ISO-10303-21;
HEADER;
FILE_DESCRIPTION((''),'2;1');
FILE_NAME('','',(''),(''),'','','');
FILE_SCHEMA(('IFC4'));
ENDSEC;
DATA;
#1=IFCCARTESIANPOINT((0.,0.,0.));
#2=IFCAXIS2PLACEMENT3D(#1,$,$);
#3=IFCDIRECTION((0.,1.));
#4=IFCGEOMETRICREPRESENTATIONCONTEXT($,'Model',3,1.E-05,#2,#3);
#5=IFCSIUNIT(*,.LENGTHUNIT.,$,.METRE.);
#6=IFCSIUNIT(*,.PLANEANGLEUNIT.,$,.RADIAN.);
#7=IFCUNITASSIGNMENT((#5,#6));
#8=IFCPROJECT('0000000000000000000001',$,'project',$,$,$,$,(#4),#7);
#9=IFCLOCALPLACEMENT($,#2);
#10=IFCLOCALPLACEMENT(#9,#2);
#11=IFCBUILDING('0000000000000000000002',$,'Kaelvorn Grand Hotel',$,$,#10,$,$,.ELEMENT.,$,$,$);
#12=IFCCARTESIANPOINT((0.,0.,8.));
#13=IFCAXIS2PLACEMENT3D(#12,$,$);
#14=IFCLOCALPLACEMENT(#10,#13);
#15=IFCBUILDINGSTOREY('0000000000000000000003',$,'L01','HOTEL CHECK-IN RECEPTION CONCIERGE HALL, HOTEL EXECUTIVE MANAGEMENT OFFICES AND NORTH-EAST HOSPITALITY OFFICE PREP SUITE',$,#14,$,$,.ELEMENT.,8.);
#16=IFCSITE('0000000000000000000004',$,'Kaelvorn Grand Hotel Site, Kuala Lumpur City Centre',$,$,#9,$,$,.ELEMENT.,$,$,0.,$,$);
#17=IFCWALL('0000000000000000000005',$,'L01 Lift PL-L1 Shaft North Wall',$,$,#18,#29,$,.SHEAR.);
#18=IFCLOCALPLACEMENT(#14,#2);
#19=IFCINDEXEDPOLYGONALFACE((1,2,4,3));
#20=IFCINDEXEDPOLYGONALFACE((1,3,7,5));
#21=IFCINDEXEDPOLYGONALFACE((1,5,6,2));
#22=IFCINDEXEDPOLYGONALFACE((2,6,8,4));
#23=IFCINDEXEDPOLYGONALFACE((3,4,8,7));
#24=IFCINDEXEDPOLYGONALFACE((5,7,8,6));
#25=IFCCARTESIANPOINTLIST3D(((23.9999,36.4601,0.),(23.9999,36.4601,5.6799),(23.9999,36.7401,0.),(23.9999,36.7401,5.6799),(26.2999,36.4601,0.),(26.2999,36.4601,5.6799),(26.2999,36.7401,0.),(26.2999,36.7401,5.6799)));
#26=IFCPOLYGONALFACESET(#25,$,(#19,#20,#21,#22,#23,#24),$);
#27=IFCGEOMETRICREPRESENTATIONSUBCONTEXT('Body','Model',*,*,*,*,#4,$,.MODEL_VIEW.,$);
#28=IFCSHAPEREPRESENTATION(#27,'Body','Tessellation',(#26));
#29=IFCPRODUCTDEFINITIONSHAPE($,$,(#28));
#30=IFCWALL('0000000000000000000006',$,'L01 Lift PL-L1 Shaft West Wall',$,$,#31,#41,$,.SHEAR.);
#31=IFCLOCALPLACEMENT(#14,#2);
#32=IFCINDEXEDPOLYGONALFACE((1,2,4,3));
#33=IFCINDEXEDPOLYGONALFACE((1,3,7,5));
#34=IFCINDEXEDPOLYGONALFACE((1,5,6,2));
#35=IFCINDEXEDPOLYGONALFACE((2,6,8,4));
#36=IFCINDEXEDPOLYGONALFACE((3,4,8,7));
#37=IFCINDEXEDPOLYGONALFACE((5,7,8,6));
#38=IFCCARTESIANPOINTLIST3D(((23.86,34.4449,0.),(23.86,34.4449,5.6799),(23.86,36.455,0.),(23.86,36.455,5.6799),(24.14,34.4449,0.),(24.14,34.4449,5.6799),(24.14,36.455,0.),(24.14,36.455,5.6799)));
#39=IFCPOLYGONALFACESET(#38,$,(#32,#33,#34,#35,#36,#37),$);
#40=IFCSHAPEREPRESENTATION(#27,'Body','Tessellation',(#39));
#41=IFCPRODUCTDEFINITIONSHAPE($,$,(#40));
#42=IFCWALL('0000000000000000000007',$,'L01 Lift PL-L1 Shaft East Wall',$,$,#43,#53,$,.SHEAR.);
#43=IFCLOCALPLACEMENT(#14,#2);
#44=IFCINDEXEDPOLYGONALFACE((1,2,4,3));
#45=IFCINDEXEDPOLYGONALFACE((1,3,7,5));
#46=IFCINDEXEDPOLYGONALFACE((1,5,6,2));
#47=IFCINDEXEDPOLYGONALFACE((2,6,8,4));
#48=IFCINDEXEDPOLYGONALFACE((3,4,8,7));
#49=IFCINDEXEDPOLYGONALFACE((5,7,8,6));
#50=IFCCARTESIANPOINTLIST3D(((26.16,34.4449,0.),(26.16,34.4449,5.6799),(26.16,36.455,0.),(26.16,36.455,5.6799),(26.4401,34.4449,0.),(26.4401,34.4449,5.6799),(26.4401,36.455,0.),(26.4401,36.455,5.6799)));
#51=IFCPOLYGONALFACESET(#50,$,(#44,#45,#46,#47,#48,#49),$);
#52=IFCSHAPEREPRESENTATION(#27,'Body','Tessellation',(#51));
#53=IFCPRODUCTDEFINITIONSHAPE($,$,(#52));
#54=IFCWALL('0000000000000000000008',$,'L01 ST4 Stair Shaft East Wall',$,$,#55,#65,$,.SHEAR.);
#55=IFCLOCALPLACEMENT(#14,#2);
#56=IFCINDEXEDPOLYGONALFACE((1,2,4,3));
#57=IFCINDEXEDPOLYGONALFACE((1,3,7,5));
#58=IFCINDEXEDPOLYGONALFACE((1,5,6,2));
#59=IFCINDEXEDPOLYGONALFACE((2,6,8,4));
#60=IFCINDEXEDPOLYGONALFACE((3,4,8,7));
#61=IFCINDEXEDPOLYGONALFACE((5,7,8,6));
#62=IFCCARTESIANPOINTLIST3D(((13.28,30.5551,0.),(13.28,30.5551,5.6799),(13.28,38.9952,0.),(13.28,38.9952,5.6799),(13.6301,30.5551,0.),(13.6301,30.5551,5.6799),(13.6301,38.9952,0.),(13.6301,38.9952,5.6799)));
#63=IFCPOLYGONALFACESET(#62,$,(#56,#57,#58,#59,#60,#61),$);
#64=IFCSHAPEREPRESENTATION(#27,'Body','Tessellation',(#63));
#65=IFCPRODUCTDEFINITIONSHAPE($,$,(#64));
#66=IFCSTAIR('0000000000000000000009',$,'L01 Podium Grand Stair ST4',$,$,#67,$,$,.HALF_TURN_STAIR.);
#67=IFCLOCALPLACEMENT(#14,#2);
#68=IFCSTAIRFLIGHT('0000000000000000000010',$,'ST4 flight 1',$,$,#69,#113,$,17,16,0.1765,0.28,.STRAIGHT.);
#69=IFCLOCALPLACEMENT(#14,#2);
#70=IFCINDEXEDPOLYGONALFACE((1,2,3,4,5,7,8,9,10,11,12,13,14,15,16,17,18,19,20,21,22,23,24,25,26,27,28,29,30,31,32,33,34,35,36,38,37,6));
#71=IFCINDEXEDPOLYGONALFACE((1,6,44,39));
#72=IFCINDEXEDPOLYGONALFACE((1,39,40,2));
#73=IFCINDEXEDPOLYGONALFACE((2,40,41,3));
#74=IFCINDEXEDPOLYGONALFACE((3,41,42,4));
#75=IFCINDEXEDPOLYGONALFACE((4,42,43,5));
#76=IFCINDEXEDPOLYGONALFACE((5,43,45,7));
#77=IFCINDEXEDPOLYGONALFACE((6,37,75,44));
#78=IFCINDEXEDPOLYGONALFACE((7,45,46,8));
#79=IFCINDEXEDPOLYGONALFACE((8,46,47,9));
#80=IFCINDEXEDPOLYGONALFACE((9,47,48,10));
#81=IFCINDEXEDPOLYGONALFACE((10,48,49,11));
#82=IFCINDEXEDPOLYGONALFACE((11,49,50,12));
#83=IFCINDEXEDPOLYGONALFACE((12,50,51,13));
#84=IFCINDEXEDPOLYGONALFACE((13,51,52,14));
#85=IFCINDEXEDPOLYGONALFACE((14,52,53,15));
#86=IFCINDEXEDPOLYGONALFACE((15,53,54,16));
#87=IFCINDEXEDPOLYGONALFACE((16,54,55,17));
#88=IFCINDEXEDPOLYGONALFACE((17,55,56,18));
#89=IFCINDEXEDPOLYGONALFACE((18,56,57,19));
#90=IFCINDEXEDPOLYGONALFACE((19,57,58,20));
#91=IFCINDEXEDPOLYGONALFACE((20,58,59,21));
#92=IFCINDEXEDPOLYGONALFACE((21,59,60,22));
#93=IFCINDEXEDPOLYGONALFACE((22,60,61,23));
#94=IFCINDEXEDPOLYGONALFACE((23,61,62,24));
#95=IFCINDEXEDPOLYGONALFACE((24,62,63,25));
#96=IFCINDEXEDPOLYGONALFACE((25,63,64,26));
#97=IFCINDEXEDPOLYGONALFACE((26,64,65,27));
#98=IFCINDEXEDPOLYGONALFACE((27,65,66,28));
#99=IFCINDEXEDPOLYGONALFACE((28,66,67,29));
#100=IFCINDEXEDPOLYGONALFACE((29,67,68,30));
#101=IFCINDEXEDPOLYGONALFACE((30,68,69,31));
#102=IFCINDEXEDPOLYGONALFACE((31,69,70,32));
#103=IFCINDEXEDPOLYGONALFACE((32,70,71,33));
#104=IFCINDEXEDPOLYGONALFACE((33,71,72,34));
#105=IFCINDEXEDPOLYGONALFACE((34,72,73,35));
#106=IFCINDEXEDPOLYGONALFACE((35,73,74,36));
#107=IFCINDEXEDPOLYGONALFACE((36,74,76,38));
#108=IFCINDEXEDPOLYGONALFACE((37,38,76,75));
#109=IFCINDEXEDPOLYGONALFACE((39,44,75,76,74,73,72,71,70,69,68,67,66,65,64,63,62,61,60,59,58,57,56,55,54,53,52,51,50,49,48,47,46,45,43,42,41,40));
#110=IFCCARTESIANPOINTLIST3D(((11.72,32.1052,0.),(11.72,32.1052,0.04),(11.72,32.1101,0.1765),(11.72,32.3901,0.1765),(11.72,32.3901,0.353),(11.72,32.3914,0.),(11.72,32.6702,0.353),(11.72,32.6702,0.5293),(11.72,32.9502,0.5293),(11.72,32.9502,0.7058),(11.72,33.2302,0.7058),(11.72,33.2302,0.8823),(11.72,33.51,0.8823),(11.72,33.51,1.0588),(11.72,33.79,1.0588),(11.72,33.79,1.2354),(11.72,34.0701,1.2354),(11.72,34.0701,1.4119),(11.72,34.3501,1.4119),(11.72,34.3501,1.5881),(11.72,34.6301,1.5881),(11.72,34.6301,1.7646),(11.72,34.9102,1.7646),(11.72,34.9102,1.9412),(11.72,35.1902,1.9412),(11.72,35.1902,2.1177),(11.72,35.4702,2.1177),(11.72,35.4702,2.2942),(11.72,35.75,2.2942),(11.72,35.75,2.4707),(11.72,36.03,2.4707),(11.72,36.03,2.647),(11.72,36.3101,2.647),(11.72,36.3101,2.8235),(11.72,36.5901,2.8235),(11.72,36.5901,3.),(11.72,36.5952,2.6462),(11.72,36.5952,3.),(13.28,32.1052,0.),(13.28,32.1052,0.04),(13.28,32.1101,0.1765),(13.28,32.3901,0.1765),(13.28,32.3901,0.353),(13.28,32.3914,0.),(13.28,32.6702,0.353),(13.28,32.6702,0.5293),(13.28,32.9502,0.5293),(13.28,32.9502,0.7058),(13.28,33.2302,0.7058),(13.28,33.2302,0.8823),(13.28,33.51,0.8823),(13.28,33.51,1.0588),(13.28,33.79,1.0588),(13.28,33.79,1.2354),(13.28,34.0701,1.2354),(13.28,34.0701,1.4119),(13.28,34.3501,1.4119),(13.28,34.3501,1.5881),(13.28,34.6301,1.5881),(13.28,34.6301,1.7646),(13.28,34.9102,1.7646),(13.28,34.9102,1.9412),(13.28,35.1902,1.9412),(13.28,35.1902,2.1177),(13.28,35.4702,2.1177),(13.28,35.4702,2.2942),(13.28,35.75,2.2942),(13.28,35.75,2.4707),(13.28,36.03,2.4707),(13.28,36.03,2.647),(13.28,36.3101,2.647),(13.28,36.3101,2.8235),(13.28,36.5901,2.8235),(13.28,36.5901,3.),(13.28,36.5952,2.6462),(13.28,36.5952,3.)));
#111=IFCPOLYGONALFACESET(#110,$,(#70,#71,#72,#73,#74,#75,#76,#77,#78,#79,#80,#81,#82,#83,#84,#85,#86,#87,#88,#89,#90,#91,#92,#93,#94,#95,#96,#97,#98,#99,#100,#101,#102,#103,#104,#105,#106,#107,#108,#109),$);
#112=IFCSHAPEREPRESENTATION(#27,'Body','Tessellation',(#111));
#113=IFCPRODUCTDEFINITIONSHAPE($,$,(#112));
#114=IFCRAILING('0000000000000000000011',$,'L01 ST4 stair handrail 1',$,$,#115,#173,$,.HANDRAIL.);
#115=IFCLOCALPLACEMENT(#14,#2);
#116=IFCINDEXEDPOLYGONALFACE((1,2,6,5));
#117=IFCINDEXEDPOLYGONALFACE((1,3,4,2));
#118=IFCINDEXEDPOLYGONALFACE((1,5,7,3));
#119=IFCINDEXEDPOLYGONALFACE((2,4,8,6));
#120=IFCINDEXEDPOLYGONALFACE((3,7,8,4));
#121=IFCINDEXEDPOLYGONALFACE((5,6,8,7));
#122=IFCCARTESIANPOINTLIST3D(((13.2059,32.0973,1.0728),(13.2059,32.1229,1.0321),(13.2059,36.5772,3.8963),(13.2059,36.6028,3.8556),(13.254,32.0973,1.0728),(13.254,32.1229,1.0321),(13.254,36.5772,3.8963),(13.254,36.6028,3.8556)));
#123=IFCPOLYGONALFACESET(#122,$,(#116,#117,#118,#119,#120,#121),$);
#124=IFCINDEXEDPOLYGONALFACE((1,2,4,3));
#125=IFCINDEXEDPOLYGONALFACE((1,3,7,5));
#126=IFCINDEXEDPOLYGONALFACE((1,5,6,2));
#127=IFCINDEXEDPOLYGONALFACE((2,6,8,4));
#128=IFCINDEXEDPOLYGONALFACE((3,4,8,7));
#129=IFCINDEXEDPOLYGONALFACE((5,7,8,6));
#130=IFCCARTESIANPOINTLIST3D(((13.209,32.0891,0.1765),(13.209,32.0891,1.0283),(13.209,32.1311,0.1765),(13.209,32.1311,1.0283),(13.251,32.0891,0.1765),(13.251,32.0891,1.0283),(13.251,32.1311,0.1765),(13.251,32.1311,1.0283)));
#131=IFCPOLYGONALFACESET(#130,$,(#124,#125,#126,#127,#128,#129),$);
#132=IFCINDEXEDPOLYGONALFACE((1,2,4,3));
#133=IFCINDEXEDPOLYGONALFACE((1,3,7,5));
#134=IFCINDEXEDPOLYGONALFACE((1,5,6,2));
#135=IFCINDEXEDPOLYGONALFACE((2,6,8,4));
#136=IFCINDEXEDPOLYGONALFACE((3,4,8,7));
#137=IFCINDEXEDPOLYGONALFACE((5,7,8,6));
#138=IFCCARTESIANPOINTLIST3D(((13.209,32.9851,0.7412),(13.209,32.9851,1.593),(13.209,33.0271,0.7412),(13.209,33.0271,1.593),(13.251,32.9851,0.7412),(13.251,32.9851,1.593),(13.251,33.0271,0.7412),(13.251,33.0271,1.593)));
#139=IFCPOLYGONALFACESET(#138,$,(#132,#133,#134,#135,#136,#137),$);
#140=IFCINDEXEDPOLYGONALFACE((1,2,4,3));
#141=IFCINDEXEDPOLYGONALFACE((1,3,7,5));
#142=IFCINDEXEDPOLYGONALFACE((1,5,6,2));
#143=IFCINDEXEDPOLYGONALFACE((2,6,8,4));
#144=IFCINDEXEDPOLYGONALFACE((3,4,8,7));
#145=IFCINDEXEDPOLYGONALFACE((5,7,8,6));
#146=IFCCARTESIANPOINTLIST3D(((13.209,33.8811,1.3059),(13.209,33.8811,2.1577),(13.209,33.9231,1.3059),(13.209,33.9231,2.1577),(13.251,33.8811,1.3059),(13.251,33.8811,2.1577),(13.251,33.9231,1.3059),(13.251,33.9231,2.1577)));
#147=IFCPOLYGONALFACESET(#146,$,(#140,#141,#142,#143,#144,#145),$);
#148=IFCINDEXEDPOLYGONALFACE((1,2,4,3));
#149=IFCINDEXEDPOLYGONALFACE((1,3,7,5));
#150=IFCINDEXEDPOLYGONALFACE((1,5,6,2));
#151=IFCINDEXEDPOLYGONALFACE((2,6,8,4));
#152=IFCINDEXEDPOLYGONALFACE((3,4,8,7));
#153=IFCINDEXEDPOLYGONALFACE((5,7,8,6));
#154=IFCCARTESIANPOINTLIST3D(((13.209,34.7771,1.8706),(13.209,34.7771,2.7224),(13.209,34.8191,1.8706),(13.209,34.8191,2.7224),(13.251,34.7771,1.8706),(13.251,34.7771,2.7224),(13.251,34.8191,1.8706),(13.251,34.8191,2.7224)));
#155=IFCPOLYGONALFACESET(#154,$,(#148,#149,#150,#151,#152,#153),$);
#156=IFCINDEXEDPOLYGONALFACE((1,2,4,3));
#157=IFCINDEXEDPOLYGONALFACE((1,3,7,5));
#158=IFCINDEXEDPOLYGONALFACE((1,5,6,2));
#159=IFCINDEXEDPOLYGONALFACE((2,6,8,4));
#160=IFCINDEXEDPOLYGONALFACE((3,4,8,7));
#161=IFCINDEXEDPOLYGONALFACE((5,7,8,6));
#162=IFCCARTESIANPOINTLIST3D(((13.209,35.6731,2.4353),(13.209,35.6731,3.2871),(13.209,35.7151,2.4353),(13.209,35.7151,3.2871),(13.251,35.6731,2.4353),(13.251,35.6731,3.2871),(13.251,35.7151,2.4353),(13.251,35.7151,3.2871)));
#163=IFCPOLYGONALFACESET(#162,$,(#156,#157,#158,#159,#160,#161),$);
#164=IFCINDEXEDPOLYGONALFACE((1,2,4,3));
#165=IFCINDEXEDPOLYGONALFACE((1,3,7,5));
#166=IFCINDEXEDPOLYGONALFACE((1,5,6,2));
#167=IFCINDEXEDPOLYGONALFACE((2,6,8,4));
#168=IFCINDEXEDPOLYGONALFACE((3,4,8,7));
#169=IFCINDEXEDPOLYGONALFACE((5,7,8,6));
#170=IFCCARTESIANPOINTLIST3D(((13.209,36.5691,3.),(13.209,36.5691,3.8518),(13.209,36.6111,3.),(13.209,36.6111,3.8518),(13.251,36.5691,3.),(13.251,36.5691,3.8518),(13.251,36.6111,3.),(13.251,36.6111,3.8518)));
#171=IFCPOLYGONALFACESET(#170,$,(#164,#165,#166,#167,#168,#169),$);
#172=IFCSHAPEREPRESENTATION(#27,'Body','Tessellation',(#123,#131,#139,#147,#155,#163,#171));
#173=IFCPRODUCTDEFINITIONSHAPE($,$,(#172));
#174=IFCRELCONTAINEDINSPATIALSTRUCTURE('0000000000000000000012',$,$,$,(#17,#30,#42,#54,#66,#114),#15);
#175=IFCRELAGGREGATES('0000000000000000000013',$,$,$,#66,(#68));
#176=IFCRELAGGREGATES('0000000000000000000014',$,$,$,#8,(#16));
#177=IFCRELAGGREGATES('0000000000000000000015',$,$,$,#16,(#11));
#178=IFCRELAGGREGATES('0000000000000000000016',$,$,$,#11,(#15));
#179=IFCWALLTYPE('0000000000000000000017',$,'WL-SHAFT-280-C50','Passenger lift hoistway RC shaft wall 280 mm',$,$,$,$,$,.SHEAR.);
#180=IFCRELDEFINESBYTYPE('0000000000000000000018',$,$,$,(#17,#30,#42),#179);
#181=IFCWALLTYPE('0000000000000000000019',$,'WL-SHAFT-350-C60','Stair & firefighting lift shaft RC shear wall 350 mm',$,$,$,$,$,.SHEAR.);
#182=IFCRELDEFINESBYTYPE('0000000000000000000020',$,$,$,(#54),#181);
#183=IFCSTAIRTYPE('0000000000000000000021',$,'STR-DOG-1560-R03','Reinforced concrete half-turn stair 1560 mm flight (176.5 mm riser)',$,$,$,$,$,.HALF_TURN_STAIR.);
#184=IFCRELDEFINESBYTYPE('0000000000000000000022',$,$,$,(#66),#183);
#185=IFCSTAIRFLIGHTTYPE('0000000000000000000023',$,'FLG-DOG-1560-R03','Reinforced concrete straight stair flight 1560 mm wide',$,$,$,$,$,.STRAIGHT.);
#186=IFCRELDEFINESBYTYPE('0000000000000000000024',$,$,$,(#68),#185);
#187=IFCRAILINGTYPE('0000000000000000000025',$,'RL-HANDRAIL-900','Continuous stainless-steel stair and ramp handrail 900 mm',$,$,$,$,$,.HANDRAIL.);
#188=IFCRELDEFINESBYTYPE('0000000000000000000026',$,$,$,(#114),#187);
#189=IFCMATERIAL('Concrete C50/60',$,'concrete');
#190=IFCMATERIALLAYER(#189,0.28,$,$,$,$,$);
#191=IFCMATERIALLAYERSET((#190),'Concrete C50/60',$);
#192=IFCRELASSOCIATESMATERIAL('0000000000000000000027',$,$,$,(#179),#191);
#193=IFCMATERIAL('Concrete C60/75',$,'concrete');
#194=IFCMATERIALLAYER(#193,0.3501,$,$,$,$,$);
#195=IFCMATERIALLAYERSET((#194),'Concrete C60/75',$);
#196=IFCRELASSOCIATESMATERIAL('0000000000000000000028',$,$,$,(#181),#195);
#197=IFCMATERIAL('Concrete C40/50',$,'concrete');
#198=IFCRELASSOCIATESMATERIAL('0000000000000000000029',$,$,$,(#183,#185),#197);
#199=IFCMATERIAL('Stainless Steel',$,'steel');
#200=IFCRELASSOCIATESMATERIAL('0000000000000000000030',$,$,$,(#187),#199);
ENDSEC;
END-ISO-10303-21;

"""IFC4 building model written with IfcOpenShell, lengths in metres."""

from ifc_helpers import new_model, si_unit, direction, frame, frame_2d, origin, origin_2d, place, context, subcontext, project, spatial, polyline, rectangle, outline, extrude, material, layer, layer_set, type_object, element, aggregate, save


model = new_model("IFC4")

# Units and contexts
model_context = context("Model", 3, precision=1e-05, world=origin(), true_north=direction((0.0, 1.0)))
body_context = subcontext(model_context, "Body", "Model", "MODEL_VIEW")
ifc_project = project(units=[si_unit("LENGTHUNIT", "METRE"), si_unit("PLANEANGLEUNIT", "RADIAN")], contexts=[model_context])

# Site, building, storey
site_placement = place(None, origin())
site = spatial("IfcSite", under=ifc_project, at=site_placement, Name="Kaelvorn Grand Hotel Site, Kuala Lumpur City Centre", CompositionType="ELEMENT", RefElevation=0.0)
building_placement = place(site_placement, origin())
building = spatial("IfcBuilding", under=site, at=building_placement, Name="Kaelvorn Grand Hotel", CompositionType="ELEMENT")
storey_placement = place(building_placement, frame((0.0, 0.0, 8.0)))
storey = spatial("IfcBuildingStorey", under=building, at=storey_placement, Name="L01", Description="HOTEL CHECK-IN RECEPTION CONCIERGE HALL, HOTEL EXECUTIVE MANAGEMENT OFFICES AND NORTH-EAST HOSPITALITY OFFICE PREP SUITE", CompositionType="ELEMENT", Elevation=8.0)

# Shared definitions
ifc_material_1 = material(Name="Concrete C40/50", Category="concrete")

# Shared definitions
ifc_material_2 = material(Name="Concrete C50/60", Category="concrete")
ifc_layer_1 = layer(ifc_material_2, 0.28)
ifc_layer_set_1 = layer_set([ifc_layer_1], Name="Concrete C50/60")
wall_type_1 = type_object("IfcWallType", Name="WL-SHAFT-280-C50", Description="Passenger lift hoistway RC shaft wall 280 mm", PredefinedType="SHEAR", material=ifc_layer_set_1)
ifc_material_3 = material(Name="Stainless Steel", Category="steel")

# Walls
wall_1_placement = place(storey_placement, frame((24.0, 36.6001, 0.0), z_axis=(0.0, 0.0, 1.0), x_axis=(1.0, 0.0, 0.0)))
element("IfcWall", 1, at=wall_1_placement, inside=storey, type_object=wall_type_1, Name="L01 Lift PL-L1 Shaft North Wall", PredefinedType="SHEAR", context=body_context, shape_type="SweptSolid", body=[
    extrude(rectangle(XDim=2.3, YDim=0.28, at=frame_2d((1.1499, 0.0))), origin(), (0.0, 0.0, 1.0), 5.6799),
])
for number, where, z_axis, x_axis, name in (
    (2, (24.0, 34.4451, 0.0), (0.0, 0.0, 1.0), (0.0, 1.0, 0.0), "L01 Lift PL-L1 Shaft West Wall"),
    (3, (26.3, 34.4451, 0.0), (0.0, 0.0, 1.0), (0.0, 1.0, 0.0), "L01 Lift PL-L1 Shaft East Wall"),
):
    element("IfcWall", number, at=place(storey_placement, frame(where, z_axis=z_axis, x_axis=x_axis)), inside=storey, type_object=wall_type_1, Name=name, PredefinedType="SHEAR", context=body_context, shape_type="SweptSolid", body=[
        extrude(rectangle(XDim=2.01, YDim=0.28, at=frame_2d((1.0049, 0.0))), origin(), (0.0, 0.0, 1.0), 5.6799),
    ])
ifc_material_4 = material(Name="Concrete C60/75", Category="concrete")
ifc_layer_2 = layer(ifc_material_4, 0.3501)
ifc_layer_set_2 = layer_set([ifc_layer_2], Name="Concrete C60/75")
wall_type_2 = type_object("IfcWallType", Name="WL-SHAFT-350-C60", Description="Stair & firefighting lift shaft RC shear wall 350 mm", PredefinedType="SHEAR", material=ifc_layer_set_2)
wall_2_placement = place(storey_placement, frame((13.4551, 30.5549, 0.0), z_axis=(0.0, 0.0, 1.0), x_axis=(0.0, 1.0, 0.0)))
element("IfcWall", 4, at=wall_2_placement, inside=storey, type_object=wall_type_2, Name="L01 ST4 Stair Shaft East Wall", PredefinedType="SHEAR", context=body_context, shape_type="SweptSolid", body=[
    extrude(rectangle(XDim=8.4402, YDim=0.3501, at=frame_2d((4.2202, 0.0))), origin(), (0.0, 0.0, 1.0), 5.6799),
])

# Stair, stair flight
stair_type = type_object("IfcStairType", Name="STR-DOG-1560-R03", Description="Reinforced concrete half-turn stair 1560 mm flight (176.5 mm riser)", PredefinedType="HALF_TURN_STAIR", material=ifc_material_1)
stair_placement = place(storey_placement, origin())
stair = element("IfcStair", 5, at=stair_placement, inside=storey, type_object=stair_type, Name="L01 Podium Grand Stair ST4", PredefinedType="HALF_TURN_STAIR")
stair_flight_type = type_object("IfcStairFlightType", Name="FLG-DOG-1560-R03", Description="Reinforced concrete straight stair flight 1560 mm wide", PredefinedType="STRAIGHT", material=ifc_material_1)
stair_flight_placement = place(storey_placement, frame((12.5, 32.1101, 0.0), z_axis=(0.0, 0.0, 1.0), x_axis=(0.0, 1.0, 0.0)))
stair_flight = element("IfcStairFlight", 6, at=stair_flight_placement, type_object=stair_flight_type, Name="ST4 flight 1", NumberOfRisers=17, NumberOfTreads=16, PredefinedType="STRAIGHT", RiserHeight=0.1765, TreadLength=0.28, context=body_context, shape_type="SweptSolid", body=[
    extrude(outline(polyline([(-0.0049, 0.0), (-0.0049, 0.04), (0.0, 0.1765), (0.28, 0.1765), (0.28, 0.353), (0.5601, 0.353), (0.5601, 0.5293), (0.8401, 0.5293), (0.8401, 0.7058), (1.1201, 0.7058), (1.1201, 0.8823), (1.3999, 0.8823), (1.3999, 1.0588), (1.6799, 1.0588), (1.6799, 1.2354), (1.96, 1.2354), (1.96, 1.4119), (2.24, 1.4119), (2.24, 1.5881), (2.52, 1.5881), (2.52, 1.7646), (2.8, 1.7646), (2.8, 1.9412), (3.0801, 1.9412), (3.0801, 2.1177), (3.3601, 2.1177), (3.3601, 2.2942), (3.6399, 2.2942), (3.6399, 2.4707), (3.9199, 2.4707), (3.9199, 2.647), (4.2, 2.647), (4.2, 2.8235), (4.48, 2.8235), (4.48, 3.0), (4.4851, 3.0), (4.4851, 2.6462), (0.2812, 0.0), (-0.0049, 0.0)])), frame((0.0, 0.78, 0.0), z_axis=(0.0, -1.0, 0.0), x_axis=(1.0, 0.0, 0.0)), (0.0, 0.0, 1.0), 1.5601),
])
aggregate(stair, [stair_flight])

# Railing
railing_type_1 = type_object("IfcRailingType", Name="RL-HANDRAIL-900", Description="Continuous stainless-steel stair and ramp handrail 900 mm", PredefinedType="HANDRAIL", material=ifc_material_3)
railing_1_placement = place(storey_placement, frame((13.23, 32.1101, 0.1765)))
element("IfcRailing", 7, at=railing_1_placement, inside=storey, type_object=railing_type_1, Name="L01 ST4 stair handrail 1", PredefinedType="HANDRAIL", context=body_context, shape_type="SweptSolid", body=[
    extrude(rectangle(XDim=0.0481, YDim=0.0481, at=origin_2d()), frame((0.0, 0.0, 0.876), z_axis=(0.0, 0.845998, 0.533186), x_axis=(-1.0, 0.0, 0.0)), (0.0, 0.0, 1.0), 5.2954),
    extrude(rectangle(XDim=0.042, YDim=0.042, at=origin_2d()), origin(), (0.0, 0.0, 1.0), 0.8518),
    extrude(rectangle(XDim=0.042, YDim=0.042, at=origin_2d()), frame((0.0, 0.896, 0.5647)), (0.0, 0.0, 1.0), 0.8518),
    extrude(rectangle(XDim=0.042, YDim=0.042, at=origin_2d()), frame((0.0, 1.792, 1.1294)), (0.0, 0.0, 1.0), 0.8518),
    extrude(rectangle(XDim=0.042, YDim=0.042, at=origin_2d()), frame((0.0, 2.688, 1.6941)), (0.0, 0.0, 1.0), 0.8518),
    extrude(rectangle(XDim=0.042, YDim=0.042, at=origin_2d()), frame((0.0, 3.584, 2.2588)), (0.0, 0.0, 1.0), 0.8518),
    extrude(rectangle(XDim=0.042, YDim=0.042, at=origin_2d()), frame((0.0, 4.48, 2.8235)), (0.0, 0.0, 1.0), 0.8518),
])

save(model, "model.ifc")
